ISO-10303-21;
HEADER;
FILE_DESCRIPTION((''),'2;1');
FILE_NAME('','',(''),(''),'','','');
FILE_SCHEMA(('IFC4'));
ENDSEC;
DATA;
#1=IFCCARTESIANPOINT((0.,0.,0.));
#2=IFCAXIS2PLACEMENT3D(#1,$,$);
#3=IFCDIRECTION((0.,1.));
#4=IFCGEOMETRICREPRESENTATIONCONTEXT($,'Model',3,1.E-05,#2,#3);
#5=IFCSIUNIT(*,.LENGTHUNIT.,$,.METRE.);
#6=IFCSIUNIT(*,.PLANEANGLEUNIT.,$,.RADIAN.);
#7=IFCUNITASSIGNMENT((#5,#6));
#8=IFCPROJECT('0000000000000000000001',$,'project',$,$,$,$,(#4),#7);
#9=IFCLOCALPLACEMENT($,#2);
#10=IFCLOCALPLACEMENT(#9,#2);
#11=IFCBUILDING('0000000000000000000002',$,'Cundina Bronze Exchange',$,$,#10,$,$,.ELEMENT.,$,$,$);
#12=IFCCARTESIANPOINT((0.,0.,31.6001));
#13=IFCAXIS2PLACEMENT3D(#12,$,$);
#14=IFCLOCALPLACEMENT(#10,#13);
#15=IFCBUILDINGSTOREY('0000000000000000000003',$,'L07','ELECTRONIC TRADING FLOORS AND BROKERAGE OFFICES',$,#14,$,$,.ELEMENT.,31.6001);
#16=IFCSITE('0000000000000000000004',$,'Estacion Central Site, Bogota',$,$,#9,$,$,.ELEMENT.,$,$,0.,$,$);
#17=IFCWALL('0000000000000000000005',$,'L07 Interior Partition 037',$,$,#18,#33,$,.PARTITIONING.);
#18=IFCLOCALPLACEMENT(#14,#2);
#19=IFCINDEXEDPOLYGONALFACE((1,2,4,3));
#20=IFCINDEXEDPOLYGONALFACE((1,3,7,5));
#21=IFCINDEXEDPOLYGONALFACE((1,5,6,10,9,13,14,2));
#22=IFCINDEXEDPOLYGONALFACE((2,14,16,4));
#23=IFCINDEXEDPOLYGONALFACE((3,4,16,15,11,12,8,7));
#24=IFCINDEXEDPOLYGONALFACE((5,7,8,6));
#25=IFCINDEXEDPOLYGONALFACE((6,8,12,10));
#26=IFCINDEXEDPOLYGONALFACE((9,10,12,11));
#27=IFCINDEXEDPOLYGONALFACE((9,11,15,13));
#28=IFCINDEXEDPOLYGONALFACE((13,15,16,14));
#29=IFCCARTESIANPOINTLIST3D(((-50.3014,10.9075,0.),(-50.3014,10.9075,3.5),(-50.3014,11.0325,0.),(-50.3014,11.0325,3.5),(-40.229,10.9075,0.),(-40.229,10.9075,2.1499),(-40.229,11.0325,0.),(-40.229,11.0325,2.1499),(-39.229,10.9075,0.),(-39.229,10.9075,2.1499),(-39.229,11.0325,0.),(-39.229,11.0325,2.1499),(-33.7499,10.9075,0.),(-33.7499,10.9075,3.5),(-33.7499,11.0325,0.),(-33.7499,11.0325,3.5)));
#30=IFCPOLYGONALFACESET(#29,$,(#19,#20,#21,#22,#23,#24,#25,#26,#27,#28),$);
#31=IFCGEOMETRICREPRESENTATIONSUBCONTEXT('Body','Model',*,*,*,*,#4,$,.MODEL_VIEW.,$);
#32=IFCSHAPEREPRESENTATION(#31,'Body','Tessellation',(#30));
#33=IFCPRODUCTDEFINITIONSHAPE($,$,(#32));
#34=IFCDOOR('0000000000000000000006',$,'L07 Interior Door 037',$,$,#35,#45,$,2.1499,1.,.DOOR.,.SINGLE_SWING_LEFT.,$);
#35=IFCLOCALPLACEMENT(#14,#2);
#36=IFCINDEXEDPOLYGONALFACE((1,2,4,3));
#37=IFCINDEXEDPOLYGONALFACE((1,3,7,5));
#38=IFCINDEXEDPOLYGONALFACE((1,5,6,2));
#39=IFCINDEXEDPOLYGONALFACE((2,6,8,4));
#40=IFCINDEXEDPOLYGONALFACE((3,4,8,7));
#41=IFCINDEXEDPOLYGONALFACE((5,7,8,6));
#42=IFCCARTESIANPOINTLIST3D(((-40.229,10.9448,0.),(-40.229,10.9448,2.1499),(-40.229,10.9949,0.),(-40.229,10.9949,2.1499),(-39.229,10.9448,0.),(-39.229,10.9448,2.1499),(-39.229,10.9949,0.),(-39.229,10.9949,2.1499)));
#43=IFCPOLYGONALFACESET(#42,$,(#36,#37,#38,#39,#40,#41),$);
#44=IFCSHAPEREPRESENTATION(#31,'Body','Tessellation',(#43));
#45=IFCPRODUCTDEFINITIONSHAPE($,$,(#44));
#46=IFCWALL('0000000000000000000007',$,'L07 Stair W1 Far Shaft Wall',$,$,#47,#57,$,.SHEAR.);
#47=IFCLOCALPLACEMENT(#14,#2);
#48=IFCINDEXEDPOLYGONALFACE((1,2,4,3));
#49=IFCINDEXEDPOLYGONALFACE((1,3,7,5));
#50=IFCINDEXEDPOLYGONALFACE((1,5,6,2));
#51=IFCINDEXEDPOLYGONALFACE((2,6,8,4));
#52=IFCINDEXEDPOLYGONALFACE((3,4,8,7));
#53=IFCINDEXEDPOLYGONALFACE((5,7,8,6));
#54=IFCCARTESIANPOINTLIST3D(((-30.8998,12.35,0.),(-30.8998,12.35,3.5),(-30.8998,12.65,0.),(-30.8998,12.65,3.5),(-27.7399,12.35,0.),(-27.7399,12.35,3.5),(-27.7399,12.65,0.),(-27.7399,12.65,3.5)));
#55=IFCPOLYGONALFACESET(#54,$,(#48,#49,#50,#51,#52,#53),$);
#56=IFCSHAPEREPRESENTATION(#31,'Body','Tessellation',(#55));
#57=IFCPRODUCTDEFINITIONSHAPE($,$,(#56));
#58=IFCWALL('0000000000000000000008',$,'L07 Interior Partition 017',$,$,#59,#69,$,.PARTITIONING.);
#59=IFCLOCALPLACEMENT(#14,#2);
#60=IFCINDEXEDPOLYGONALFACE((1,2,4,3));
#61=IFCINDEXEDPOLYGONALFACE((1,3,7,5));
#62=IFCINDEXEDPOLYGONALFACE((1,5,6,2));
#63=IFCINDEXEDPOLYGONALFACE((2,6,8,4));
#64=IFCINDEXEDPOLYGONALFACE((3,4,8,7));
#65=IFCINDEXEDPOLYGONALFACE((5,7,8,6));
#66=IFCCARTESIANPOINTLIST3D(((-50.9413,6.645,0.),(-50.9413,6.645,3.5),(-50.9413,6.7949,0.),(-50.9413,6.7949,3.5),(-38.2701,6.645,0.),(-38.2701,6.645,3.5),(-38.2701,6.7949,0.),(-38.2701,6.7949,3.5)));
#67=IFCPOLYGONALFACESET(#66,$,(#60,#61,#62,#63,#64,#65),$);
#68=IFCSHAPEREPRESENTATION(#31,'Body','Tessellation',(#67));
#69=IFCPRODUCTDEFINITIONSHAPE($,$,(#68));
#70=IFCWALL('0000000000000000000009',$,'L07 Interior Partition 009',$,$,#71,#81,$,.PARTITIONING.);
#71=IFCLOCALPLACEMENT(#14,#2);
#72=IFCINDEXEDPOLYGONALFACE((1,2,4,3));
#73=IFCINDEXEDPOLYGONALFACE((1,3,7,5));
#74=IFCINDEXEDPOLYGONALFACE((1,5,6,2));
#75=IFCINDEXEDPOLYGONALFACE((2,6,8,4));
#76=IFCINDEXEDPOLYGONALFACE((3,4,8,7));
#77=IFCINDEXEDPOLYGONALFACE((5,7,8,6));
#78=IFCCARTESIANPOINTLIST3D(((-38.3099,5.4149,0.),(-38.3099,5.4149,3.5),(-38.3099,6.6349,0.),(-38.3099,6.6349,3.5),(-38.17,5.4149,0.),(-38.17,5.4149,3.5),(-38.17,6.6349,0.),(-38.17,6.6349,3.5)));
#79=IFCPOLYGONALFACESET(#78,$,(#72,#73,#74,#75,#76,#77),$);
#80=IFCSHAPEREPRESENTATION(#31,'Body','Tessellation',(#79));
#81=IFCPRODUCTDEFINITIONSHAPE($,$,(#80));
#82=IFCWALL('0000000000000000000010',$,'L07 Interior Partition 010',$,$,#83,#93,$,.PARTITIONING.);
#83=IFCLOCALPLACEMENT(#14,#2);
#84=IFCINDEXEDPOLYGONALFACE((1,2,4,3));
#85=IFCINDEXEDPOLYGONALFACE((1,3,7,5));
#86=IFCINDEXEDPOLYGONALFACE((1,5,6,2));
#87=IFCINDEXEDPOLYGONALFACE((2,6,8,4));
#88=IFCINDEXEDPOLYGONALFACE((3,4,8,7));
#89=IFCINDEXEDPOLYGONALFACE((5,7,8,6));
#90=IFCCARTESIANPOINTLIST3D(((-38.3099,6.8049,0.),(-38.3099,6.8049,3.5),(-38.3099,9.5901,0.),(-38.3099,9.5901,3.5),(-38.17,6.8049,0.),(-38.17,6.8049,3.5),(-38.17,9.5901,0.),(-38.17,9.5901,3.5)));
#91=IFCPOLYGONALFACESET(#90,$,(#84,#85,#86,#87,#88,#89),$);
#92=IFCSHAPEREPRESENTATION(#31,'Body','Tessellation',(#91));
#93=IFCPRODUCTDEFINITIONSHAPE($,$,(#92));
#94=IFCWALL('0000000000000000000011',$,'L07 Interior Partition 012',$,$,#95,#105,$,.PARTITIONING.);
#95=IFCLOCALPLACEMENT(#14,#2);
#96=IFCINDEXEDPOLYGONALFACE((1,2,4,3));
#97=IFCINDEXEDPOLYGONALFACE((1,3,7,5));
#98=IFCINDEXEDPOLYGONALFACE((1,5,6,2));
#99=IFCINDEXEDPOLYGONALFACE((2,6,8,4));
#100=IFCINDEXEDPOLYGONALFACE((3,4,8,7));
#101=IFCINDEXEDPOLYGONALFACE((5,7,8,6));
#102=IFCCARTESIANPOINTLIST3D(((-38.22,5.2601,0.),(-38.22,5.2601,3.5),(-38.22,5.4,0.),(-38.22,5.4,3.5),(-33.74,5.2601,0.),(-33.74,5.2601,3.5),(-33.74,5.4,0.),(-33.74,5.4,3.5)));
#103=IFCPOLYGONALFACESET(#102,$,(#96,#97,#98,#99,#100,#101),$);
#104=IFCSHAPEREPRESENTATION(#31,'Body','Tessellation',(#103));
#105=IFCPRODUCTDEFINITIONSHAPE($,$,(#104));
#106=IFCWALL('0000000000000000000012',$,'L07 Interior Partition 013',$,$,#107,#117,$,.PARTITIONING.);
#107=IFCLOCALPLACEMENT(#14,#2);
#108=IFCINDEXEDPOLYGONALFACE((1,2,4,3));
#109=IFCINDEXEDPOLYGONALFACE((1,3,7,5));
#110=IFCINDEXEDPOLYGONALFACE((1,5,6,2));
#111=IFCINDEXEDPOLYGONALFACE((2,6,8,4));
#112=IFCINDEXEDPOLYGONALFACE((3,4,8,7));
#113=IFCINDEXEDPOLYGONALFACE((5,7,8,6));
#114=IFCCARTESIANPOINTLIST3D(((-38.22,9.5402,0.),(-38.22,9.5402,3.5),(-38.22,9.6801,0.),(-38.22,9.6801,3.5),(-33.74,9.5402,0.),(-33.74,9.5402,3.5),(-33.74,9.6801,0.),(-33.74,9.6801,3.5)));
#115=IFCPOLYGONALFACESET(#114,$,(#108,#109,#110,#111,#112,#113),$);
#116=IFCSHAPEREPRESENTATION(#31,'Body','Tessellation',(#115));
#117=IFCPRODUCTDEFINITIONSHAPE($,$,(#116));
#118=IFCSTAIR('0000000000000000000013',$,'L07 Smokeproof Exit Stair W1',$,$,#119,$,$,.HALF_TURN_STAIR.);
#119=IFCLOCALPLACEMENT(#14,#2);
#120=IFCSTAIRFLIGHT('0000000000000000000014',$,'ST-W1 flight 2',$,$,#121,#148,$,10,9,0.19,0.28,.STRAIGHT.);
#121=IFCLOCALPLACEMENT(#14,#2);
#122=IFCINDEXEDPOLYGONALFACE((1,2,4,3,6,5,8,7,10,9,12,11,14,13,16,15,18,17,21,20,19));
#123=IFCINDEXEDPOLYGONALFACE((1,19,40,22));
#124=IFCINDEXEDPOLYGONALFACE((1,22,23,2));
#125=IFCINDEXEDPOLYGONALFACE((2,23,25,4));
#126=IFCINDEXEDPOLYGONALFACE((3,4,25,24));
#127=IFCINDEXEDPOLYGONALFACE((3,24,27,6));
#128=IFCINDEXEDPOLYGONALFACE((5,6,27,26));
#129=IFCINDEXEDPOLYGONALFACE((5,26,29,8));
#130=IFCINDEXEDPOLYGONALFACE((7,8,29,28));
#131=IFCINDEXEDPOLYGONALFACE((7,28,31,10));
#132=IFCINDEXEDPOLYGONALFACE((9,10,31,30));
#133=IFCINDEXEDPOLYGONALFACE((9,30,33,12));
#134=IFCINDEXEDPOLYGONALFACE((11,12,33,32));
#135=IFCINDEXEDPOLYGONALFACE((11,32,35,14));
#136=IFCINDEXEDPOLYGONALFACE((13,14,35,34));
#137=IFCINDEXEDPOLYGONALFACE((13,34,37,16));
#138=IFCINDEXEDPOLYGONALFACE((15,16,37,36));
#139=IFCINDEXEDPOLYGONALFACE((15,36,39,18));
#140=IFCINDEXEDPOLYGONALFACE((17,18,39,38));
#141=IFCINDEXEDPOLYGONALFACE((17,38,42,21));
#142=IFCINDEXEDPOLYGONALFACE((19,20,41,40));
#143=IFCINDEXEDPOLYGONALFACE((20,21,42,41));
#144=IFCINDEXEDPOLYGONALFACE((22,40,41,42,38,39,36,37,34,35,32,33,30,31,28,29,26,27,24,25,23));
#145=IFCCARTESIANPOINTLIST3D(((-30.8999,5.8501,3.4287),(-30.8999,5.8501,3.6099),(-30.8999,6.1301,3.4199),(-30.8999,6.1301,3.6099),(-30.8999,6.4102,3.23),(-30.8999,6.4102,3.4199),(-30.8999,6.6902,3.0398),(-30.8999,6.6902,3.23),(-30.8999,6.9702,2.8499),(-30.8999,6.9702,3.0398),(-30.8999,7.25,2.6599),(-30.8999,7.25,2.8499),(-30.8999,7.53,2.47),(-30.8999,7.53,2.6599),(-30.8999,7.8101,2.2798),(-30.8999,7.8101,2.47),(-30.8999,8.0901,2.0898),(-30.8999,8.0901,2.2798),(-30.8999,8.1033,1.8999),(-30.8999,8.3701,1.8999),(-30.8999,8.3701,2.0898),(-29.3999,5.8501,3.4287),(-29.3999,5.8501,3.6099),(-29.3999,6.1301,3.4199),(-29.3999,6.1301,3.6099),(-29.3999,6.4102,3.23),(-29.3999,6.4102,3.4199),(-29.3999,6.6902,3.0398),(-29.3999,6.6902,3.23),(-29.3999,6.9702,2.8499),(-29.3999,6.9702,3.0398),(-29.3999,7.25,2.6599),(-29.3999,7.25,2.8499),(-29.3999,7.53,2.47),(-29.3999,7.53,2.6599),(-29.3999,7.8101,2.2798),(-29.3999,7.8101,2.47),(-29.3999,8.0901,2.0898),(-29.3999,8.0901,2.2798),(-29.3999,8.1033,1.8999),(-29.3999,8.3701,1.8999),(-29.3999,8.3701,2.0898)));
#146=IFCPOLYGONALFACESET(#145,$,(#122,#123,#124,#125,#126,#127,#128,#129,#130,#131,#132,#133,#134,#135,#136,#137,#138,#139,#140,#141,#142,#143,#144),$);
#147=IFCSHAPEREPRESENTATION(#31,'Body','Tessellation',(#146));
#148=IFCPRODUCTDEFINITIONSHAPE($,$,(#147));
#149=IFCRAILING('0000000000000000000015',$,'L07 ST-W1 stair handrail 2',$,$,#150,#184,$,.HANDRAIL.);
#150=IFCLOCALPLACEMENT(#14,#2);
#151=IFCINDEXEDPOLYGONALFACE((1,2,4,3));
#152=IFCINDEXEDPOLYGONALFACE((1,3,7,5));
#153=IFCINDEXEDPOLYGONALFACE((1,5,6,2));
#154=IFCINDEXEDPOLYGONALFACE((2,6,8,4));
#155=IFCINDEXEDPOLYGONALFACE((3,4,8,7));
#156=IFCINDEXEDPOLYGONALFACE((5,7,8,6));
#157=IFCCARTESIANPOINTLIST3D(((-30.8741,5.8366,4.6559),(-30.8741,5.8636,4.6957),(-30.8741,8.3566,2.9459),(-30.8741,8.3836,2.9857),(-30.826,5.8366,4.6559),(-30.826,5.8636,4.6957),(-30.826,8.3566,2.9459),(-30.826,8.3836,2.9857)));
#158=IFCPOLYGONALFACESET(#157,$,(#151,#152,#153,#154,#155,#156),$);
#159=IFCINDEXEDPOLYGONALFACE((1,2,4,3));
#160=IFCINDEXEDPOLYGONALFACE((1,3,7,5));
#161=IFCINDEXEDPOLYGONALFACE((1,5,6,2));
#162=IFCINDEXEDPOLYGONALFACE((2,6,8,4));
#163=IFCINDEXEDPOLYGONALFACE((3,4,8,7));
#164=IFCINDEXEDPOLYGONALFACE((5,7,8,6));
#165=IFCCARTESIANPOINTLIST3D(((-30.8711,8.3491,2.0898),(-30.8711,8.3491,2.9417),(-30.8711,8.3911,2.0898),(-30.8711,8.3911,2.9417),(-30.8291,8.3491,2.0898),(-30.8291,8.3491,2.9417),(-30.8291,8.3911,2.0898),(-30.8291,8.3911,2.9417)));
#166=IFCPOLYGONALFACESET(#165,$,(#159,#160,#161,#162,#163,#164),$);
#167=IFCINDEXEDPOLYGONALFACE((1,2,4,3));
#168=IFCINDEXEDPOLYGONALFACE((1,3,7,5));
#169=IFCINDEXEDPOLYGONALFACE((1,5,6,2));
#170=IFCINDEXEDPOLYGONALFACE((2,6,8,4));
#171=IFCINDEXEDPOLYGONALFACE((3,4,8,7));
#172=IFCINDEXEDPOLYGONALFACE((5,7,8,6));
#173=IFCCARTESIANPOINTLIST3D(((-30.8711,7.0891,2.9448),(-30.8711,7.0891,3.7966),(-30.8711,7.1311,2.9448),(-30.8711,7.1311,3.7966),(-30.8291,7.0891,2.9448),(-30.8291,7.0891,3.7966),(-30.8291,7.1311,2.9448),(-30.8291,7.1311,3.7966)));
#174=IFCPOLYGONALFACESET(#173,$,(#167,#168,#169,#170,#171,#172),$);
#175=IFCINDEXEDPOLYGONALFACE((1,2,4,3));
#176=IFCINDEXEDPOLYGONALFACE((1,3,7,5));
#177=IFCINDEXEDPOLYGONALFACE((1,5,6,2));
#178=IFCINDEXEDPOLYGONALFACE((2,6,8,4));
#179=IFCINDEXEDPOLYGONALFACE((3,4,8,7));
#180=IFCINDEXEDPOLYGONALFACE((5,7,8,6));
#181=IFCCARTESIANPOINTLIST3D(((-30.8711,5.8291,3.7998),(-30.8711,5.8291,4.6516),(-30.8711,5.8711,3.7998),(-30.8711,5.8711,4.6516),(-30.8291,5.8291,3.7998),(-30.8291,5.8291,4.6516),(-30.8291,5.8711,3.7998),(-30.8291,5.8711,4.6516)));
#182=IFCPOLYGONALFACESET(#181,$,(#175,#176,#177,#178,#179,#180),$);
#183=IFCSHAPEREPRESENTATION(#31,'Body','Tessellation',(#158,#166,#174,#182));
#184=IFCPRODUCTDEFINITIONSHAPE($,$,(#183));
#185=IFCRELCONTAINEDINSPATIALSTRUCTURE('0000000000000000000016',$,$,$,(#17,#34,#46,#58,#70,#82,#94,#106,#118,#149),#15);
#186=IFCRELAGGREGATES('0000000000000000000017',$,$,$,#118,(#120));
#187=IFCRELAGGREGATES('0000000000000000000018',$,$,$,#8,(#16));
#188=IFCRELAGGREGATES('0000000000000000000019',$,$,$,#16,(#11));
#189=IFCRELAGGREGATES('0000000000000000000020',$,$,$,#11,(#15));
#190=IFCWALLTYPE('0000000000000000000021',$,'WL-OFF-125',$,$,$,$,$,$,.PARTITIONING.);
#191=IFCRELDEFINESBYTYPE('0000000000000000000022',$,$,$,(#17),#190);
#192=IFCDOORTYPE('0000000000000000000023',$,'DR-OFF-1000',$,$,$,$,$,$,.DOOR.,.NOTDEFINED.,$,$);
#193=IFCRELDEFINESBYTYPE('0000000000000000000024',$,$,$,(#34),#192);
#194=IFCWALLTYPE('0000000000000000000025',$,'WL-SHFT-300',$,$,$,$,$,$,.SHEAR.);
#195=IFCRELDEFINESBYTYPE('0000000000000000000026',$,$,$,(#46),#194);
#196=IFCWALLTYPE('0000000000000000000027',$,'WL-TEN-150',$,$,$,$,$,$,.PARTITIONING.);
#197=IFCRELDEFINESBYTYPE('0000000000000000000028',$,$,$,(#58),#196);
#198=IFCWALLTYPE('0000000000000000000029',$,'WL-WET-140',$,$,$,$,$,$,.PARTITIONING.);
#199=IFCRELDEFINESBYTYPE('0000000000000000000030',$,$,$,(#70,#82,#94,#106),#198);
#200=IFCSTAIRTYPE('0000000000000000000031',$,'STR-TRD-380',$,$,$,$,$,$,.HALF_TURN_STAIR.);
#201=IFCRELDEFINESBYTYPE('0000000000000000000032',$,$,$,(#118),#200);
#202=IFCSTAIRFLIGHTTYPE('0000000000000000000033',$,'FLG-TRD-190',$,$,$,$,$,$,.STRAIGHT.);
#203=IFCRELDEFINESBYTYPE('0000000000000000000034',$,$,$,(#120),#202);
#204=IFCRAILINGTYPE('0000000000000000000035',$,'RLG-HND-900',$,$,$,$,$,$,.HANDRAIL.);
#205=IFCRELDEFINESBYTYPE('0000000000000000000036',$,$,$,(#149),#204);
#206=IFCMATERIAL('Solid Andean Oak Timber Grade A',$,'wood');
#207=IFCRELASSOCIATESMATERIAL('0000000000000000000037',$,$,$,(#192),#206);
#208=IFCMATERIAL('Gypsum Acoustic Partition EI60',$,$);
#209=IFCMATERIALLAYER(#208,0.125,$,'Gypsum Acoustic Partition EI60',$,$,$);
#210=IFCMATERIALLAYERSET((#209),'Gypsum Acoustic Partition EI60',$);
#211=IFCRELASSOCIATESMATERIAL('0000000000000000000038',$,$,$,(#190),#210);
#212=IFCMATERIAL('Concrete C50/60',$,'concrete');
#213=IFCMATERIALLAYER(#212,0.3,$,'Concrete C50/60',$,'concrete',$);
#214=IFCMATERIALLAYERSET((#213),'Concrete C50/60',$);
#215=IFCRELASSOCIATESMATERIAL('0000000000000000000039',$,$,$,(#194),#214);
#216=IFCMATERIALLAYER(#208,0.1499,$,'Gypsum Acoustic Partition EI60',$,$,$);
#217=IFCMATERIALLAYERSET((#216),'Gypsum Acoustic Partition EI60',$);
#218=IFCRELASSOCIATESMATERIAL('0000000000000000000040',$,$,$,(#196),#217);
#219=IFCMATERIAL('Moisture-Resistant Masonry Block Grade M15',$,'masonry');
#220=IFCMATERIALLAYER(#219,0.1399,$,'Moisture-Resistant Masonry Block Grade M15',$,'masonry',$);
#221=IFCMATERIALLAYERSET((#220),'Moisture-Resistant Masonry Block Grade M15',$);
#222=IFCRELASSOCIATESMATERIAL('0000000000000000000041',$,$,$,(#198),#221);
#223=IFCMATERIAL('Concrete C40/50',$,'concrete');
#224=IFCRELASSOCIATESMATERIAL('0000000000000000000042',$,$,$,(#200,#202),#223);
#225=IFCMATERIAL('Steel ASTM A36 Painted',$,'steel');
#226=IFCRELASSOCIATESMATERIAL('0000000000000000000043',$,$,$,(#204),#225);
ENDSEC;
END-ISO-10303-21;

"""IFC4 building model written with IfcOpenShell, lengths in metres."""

from ifc_helpers import new_model, si_unit, direction, frame, frame_2d, origin, origin_2d, place, context, subcontext, project, spatial, polyline, rectangle, outline, extrude, material, layer, layer_set, type_object, element, fill, aggregate, save


model = new_model("IFC4")

# Units and contexts
model_context = context("Model", 3, precision=1e-05, world=origin(), true_north=direction((0.0, 1.0)))
body_context = subcontext(model_context, "Body", "Model", "MODEL_VIEW")
ifc_project = project(units=[si_unit("LENGTHUNIT", "METRE"), si_unit("PLANEANGLEUNIT", "RADIAN")], contexts=[model_context])

# Site, building, storey
site_placement = place(None, origin())
site = spatial("IfcSite", under=ifc_project, at=site_placement, Name="Estacion Central Site, Bogota", CompositionType="ELEMENT", RefElevation=0.0)
building_placement = place(site_placement, origin())
building = spatial("IfcBuilding", under=site, at=building_placement, Name="Cundina Bronze Exchange", CompositionType="ELEMENT")
storey_placement = place(building_placement, frame((0.0, 0.0, 31.6001)))
storey = spatial("IfcBuildingStorey", under=building, at=storey_placement, Name="L07", Description="ELECTRONIC TRADING FLOORS AND BROKERAGE OFFICES", CompositionType="ELEMENT", Elevation=31.6001)

# Shared definitions
ifc_material_1 = material(Name="Solid Andean Oak Timber Grade A", Category="wood")
door_type_1 = type_object("IfcDoorType", Name="DR-OFF-1000", OperationType="NOTDEFINED", PredefinedType="DOOR", material=ifc_material_1)

# Wall, opening, door
ifc_material_2 = material(Name="Gypsum Acoustic Partition EI60")
ifc_layer_1 = layer(ifc_material_2, 0.125, Name="Gypsum Acoustic Partition EI60")
ifc_layer_set_1 = layer_set([ifc_layer_1], Name="Gypsum Acoustic Partition EI60")
wall_type_1 = type_object("IfcWallType", Name="WL-OFF-125", PredefinedType="PARTITIONING", material=ifc_layer_set_1)
wall_1_placement = place(storey_placement, frame((-50.3015, 10.97, 0.0), z_axis=(0.0, 0.0, 1.0), x_axis=(1.0, 0.0, 0.0)))
wall_1 = element("IfcWall", 1, at=wall_1_placement, inside=storey, type_object=wall_type_1, Name="L07 Interior Partition 037", PredefinedType="PARTITIONING", context=body_context, shape_type="SweptSolid", body=[
    extrude(rectangle(XDim=16.5515, YDim=0.125, at=frame_2d((8.2759, 0.0))), origin(), (0.0, 0.0, 1.0), 3.5),
])
opening_1_placement = place(wall_1_placement, frame((10.0725, 0.0, 0.0)))
opening_1 = element("IfcOpeningElement", 2, at=opening_1_placement, cuts=wall_1, PredefinedType="OPENING", context=body_context, shape_type="SweptSolid", body=[
    extrude(rectangle(XDim=1.0, YDim=2.1499, at=frame_2d((0.5, 1.075))), frame((0.0, 0.0725, 0.0), z_axis=(0.0, -1.0, 0.0), x_axis=(1.0, 0.0, 0.0)), (0.0, 0.0, 1.0), 0.145),
])
door_1_placement = place(opening_1_placement, origin())
door_1 = element("IfcDoor", 3, at=door_1_placement, inside=storey, type_object=door_type_1, Name="L07 Interior Door 037", OperationType="SINGLE_SWING_LEFT", OverallHeight=2.1499, OverallWidth=1.0, PredefinedType="DOOR", context=body_context, shape_type="SweptSolid", body=[
    extrude(rectangle(XDim=1.0, YDim=2.1499, at=frame_2d((0.5, 1.075))), frame((0.0, 0.0249, 0.0), z_axis=(0.0, -1.0, 0.0), x_axis=(1.0, 0.0, 0.0)), (0.0, 0.0, 1.0), 0.05),
])
fill(opening_1, door_1)
ifc_material_3 = material(Name="Concrete C50/60", Category="concrete")
ifc_layer_2 = layer(ifc_material_3, 0.3, Name="Concrete C50/60", Category="concrete")
ifc_layer_set_2 = layer_set([ifc_layer_2], Name="Concrete C50/60")
wall_type_2 = type_object("IfcWallType", Name="WL-SHFT-300", PredefinedType="SHEAR", material=ifc_layer_set_2)
ifc_material_4 = material(Name="Steel ASTM A36 Painted", Category="steel")

# Walls
wall_2_placement = place(storey_placement, frame((-30.8999, 12.5, 0.0), z_axis=(0.0, 0.0, 1.0), x_axis=(1.0, 0.0, 0.0)))
element("IfcWall", 4, at=wall_2_placement, inside=storey, type_object=wall_type_2, Name="L07 Stair W1 Far Shaft Wall", PredefinedType="SHEAR", context=body_context, shape_type="SweptSolid", body=[
    extrude(rectangle(XDim=3.1599, YDim=0.3, at=frame_2d((1.5801, 0.0))), origin(), (0.0, 0.0, 1.0), 3.5),
])
ifc_layer_3 = layer(ifc_material_2, 0.1499, Name="Gypsum Acoustic Partition EI60")
ifc_layer_set_3 = layer_set([ifc_layer_3], Name="Gypsum Acoustic Partition EI60")
wall_type_3 = type_object("IfcWallType", Name="WL-TEN-150", PredefinedType="PARTITIONING", material=ifc_layer_set_3)
wall_3_placement = place(storey_placement, frame((-50.9412, 6.72, 0.0), z_axis=(0.0, 0.0, 1.0), x_axis=(1.0, 0.0, 0.0)))
element("IfcWall", 5, at=wall_3_placement, inside=storey, type_object=wall_type_3, Name="L07 Interior Partition 017", PredefinedType="PARTITIONING", context=body_context, shape_type="SweptSolid", body=[
    extrude(rectangle(XDim=12.6711, YDim=0.1499, at=frame_2d((6.3354, 0.0))), origin(), (0.0, 0.0, 1.0), 3.5),
])
ifc_material_5 = material(Name="Moisture-Resistant Masonry Block Grade M15", Category="masonry")
ifc_layer_4 = layer(ifc_material_5, 0.1399, Name="Moisture-Resistant Masonry Block Grade M15", Category="masonry")
ifc_layer_set_4 = layer_set([ifc_layer_4], Name="Moisture-Resistant Masonry Block Grade M15")
wall_type_4 = type_object("IfcWallType", Name="WL-WET-140", PredefinedType="PARTITIONING", material=ifc_layer_set_4)
wall_4_placement = place(storey_placement, frame((-38.24, 5.415, 0.0), z_axis=(0.0, 0.0, 1.0), x_axis=(0.0, 1.0, 0.0)))
element("IfcWall", 6, at=wall_4_placement, inside=storey, type_object=wall_type_4, Name="L07 Interior Partition 009", PredefinedType="PARTITIONING", context=body_context, shape_type="SweptSolid", body=[
    extrude(rectangle(XDim=1.22, YDim=0.1399, at=frame_2d((0.6099, 0.0))), origin(), (0.0, 0.0, 1.0), 3.5),
])
wall_5_placement = place(storey_placement, frame((-38.24, 6.8049, 0.0), z_axis=(0.0, 0.0, 1.0), x_axis=(0.0, 1.0, 0.0)))
element("IfcWall", 7, at=wall_5_placement, inside=storey, type_object=wall_type_4, Name="L07 Interior Partition 010", PredefinedType="PARTITIONING", context=body_context, shape_type="SweptSolid", body=[
    extrude(rectangle(XDim=2.7852, YDim=0.1399, at=frame_2d((1.3926, 0.0))), origin(), (0.0, 0.0, 1.0), 3.5),
])
for number, where, z_axis, x_axis, name in (
    (8, (-38.22, 5.3301, 0.0), (0.0, 0.0, 1.0), (1.0, 0.0, 0.0), "L07 Interior Partition 012"),
    (9, (-38.22, 9.6101, 0.0), (0.0, 0.0, 1.0), (1.0, 0.0, 0.0), "L07 Interior Partition 013"),
):
    element("IfcWall", number, at=place(storey_placement, frame(where, z_axis=z_axis, x_axis=x_axis)), inside=storey, type_object=wall_type_4, Name=name, PredefinedType="PARTITIONING", context=body_context, shape_type="SweptSolid", body=[
        extrude(rectangle(XDim=4.48, YDim=0.1399, at=frame_2d((2.24, 0.0))), origin(), (0.0, 0.0, 1.0), 3.5),
    ])

# Stair, stair flight
ifc_material_6 = material(Name="Concrete C40/50", Category="concrete")
stair_type = type_object("IfcStairType", Name="STR-TRD-380", PredefinedType="HALF_TURN_STAIR", material=ifc_material_6)
stair_placement = place(storey_placement, origin())
stair = element("IfcStair", 10, at=stair_placement, inside=storey, type_object=stair_type, Name="L07 Smokeproof Exit Stair W1", PredefinedType="HALF_TURN_STAIR")
stair_flight_type = type_object("IfcStairFlightType", Name="FLG-TRD-190", PredefinedType="STRAIGHT", material=ifc_material_6)
stair_flight_placement = place(storey_placement, frame((-30.1499, 8.3701, 1.8999), z_axis=(0.0, 0.0, 1.0), x_axis=(0.0, -1.0, 0.0)))
stair_flight = element("IfcStairFlight", 11, at=stair_flight_placement, type_object=stair_flight_type, Name="ST-W1 flight 2", NumberOfRisers=10, NumberOfTreads=9, PredefinedType="STRAIGHT", RiserHeight=0.19, TreadLength=0.28, context=body_context, shape_type="SweptSolid", body=[
    extrude(outline(polyline([(0.0, 0.0), (0.0, 0.1899), (0.28, 0.1899), (0.28, 0.3799), (0.5601, 0.3799), (0.5601, 0.5701), (0.8401, 0.5701), (0.8401, 0.76), (1.1201, 0.76), (1.1201, 0.95), (1.3999, 0.95), (1.3999, 1.1399), (1.6799, 1.1399), (1.6799, 1.3301), (1.96, 1.3301), (1.96, 1.52), (2.24, 1.52), (2.24, 1.71), (2.52, 1.71), (2.52, 1.8999), (2.52, 1.5288), (0.2668, 0.0), (0.0, 0.0)])), frame((0.0, 0.75, 0.0), z_axis=(0.0, -1.0, 0.0), x_axis=(1.0, 0.0, 0.0)), (0.0, 0.0, 1.0), 1.5),
])
aggregate(stair, [stair_flight])

# Railing
railing_type_1 = type_object("IfcRailingType", Name="RLG-HND-900", PredefinedType="HANDRAIL", material=ifc_material_4)
railing_1_placement = place(storey_placement, frame((-30.8501, 8.3701, 2.0898)))
element("IfcRailing", 12, at=railing_1_placement, inside=storey, type_object=railing_type_1, Name="L07 ST-W1 stair handrail 2", PredefinedType="HANDRAIL", context=body_context, shape_type="SweptSolid", body=[
    extrude(rectangle(XDim=0.0481, YDim=0.0481, at=origin_2d()), frame((0.0, 0.0, 0.876), z_axis=(0.0, -0.827484, 0.56149), x_axis=(1.0, 0.0, 0.0)), (0.0, 0.0, 1.0), 3.0454),
    extrude(rectangle(XDim=0.042, YDim=0.042, at=origin_2d()), origin(), (0.0, 0.0, 1.0), 0.8518),
    extrude(rectangle(XDim=0.042, YDim=0.042, at=origin_2d()), frame((0.0, -1.26, 0.855)), (0.0, 0.0, 1.0), 0.8518),
    extrude(rectangle(XDim=0.042, YDim=0.042, at=origin_2d()), frame((0.0, -2.52, 1.71)), (0.0, 0.0, 1.0), 0.8518),
])

save(model, "model.ifc")
